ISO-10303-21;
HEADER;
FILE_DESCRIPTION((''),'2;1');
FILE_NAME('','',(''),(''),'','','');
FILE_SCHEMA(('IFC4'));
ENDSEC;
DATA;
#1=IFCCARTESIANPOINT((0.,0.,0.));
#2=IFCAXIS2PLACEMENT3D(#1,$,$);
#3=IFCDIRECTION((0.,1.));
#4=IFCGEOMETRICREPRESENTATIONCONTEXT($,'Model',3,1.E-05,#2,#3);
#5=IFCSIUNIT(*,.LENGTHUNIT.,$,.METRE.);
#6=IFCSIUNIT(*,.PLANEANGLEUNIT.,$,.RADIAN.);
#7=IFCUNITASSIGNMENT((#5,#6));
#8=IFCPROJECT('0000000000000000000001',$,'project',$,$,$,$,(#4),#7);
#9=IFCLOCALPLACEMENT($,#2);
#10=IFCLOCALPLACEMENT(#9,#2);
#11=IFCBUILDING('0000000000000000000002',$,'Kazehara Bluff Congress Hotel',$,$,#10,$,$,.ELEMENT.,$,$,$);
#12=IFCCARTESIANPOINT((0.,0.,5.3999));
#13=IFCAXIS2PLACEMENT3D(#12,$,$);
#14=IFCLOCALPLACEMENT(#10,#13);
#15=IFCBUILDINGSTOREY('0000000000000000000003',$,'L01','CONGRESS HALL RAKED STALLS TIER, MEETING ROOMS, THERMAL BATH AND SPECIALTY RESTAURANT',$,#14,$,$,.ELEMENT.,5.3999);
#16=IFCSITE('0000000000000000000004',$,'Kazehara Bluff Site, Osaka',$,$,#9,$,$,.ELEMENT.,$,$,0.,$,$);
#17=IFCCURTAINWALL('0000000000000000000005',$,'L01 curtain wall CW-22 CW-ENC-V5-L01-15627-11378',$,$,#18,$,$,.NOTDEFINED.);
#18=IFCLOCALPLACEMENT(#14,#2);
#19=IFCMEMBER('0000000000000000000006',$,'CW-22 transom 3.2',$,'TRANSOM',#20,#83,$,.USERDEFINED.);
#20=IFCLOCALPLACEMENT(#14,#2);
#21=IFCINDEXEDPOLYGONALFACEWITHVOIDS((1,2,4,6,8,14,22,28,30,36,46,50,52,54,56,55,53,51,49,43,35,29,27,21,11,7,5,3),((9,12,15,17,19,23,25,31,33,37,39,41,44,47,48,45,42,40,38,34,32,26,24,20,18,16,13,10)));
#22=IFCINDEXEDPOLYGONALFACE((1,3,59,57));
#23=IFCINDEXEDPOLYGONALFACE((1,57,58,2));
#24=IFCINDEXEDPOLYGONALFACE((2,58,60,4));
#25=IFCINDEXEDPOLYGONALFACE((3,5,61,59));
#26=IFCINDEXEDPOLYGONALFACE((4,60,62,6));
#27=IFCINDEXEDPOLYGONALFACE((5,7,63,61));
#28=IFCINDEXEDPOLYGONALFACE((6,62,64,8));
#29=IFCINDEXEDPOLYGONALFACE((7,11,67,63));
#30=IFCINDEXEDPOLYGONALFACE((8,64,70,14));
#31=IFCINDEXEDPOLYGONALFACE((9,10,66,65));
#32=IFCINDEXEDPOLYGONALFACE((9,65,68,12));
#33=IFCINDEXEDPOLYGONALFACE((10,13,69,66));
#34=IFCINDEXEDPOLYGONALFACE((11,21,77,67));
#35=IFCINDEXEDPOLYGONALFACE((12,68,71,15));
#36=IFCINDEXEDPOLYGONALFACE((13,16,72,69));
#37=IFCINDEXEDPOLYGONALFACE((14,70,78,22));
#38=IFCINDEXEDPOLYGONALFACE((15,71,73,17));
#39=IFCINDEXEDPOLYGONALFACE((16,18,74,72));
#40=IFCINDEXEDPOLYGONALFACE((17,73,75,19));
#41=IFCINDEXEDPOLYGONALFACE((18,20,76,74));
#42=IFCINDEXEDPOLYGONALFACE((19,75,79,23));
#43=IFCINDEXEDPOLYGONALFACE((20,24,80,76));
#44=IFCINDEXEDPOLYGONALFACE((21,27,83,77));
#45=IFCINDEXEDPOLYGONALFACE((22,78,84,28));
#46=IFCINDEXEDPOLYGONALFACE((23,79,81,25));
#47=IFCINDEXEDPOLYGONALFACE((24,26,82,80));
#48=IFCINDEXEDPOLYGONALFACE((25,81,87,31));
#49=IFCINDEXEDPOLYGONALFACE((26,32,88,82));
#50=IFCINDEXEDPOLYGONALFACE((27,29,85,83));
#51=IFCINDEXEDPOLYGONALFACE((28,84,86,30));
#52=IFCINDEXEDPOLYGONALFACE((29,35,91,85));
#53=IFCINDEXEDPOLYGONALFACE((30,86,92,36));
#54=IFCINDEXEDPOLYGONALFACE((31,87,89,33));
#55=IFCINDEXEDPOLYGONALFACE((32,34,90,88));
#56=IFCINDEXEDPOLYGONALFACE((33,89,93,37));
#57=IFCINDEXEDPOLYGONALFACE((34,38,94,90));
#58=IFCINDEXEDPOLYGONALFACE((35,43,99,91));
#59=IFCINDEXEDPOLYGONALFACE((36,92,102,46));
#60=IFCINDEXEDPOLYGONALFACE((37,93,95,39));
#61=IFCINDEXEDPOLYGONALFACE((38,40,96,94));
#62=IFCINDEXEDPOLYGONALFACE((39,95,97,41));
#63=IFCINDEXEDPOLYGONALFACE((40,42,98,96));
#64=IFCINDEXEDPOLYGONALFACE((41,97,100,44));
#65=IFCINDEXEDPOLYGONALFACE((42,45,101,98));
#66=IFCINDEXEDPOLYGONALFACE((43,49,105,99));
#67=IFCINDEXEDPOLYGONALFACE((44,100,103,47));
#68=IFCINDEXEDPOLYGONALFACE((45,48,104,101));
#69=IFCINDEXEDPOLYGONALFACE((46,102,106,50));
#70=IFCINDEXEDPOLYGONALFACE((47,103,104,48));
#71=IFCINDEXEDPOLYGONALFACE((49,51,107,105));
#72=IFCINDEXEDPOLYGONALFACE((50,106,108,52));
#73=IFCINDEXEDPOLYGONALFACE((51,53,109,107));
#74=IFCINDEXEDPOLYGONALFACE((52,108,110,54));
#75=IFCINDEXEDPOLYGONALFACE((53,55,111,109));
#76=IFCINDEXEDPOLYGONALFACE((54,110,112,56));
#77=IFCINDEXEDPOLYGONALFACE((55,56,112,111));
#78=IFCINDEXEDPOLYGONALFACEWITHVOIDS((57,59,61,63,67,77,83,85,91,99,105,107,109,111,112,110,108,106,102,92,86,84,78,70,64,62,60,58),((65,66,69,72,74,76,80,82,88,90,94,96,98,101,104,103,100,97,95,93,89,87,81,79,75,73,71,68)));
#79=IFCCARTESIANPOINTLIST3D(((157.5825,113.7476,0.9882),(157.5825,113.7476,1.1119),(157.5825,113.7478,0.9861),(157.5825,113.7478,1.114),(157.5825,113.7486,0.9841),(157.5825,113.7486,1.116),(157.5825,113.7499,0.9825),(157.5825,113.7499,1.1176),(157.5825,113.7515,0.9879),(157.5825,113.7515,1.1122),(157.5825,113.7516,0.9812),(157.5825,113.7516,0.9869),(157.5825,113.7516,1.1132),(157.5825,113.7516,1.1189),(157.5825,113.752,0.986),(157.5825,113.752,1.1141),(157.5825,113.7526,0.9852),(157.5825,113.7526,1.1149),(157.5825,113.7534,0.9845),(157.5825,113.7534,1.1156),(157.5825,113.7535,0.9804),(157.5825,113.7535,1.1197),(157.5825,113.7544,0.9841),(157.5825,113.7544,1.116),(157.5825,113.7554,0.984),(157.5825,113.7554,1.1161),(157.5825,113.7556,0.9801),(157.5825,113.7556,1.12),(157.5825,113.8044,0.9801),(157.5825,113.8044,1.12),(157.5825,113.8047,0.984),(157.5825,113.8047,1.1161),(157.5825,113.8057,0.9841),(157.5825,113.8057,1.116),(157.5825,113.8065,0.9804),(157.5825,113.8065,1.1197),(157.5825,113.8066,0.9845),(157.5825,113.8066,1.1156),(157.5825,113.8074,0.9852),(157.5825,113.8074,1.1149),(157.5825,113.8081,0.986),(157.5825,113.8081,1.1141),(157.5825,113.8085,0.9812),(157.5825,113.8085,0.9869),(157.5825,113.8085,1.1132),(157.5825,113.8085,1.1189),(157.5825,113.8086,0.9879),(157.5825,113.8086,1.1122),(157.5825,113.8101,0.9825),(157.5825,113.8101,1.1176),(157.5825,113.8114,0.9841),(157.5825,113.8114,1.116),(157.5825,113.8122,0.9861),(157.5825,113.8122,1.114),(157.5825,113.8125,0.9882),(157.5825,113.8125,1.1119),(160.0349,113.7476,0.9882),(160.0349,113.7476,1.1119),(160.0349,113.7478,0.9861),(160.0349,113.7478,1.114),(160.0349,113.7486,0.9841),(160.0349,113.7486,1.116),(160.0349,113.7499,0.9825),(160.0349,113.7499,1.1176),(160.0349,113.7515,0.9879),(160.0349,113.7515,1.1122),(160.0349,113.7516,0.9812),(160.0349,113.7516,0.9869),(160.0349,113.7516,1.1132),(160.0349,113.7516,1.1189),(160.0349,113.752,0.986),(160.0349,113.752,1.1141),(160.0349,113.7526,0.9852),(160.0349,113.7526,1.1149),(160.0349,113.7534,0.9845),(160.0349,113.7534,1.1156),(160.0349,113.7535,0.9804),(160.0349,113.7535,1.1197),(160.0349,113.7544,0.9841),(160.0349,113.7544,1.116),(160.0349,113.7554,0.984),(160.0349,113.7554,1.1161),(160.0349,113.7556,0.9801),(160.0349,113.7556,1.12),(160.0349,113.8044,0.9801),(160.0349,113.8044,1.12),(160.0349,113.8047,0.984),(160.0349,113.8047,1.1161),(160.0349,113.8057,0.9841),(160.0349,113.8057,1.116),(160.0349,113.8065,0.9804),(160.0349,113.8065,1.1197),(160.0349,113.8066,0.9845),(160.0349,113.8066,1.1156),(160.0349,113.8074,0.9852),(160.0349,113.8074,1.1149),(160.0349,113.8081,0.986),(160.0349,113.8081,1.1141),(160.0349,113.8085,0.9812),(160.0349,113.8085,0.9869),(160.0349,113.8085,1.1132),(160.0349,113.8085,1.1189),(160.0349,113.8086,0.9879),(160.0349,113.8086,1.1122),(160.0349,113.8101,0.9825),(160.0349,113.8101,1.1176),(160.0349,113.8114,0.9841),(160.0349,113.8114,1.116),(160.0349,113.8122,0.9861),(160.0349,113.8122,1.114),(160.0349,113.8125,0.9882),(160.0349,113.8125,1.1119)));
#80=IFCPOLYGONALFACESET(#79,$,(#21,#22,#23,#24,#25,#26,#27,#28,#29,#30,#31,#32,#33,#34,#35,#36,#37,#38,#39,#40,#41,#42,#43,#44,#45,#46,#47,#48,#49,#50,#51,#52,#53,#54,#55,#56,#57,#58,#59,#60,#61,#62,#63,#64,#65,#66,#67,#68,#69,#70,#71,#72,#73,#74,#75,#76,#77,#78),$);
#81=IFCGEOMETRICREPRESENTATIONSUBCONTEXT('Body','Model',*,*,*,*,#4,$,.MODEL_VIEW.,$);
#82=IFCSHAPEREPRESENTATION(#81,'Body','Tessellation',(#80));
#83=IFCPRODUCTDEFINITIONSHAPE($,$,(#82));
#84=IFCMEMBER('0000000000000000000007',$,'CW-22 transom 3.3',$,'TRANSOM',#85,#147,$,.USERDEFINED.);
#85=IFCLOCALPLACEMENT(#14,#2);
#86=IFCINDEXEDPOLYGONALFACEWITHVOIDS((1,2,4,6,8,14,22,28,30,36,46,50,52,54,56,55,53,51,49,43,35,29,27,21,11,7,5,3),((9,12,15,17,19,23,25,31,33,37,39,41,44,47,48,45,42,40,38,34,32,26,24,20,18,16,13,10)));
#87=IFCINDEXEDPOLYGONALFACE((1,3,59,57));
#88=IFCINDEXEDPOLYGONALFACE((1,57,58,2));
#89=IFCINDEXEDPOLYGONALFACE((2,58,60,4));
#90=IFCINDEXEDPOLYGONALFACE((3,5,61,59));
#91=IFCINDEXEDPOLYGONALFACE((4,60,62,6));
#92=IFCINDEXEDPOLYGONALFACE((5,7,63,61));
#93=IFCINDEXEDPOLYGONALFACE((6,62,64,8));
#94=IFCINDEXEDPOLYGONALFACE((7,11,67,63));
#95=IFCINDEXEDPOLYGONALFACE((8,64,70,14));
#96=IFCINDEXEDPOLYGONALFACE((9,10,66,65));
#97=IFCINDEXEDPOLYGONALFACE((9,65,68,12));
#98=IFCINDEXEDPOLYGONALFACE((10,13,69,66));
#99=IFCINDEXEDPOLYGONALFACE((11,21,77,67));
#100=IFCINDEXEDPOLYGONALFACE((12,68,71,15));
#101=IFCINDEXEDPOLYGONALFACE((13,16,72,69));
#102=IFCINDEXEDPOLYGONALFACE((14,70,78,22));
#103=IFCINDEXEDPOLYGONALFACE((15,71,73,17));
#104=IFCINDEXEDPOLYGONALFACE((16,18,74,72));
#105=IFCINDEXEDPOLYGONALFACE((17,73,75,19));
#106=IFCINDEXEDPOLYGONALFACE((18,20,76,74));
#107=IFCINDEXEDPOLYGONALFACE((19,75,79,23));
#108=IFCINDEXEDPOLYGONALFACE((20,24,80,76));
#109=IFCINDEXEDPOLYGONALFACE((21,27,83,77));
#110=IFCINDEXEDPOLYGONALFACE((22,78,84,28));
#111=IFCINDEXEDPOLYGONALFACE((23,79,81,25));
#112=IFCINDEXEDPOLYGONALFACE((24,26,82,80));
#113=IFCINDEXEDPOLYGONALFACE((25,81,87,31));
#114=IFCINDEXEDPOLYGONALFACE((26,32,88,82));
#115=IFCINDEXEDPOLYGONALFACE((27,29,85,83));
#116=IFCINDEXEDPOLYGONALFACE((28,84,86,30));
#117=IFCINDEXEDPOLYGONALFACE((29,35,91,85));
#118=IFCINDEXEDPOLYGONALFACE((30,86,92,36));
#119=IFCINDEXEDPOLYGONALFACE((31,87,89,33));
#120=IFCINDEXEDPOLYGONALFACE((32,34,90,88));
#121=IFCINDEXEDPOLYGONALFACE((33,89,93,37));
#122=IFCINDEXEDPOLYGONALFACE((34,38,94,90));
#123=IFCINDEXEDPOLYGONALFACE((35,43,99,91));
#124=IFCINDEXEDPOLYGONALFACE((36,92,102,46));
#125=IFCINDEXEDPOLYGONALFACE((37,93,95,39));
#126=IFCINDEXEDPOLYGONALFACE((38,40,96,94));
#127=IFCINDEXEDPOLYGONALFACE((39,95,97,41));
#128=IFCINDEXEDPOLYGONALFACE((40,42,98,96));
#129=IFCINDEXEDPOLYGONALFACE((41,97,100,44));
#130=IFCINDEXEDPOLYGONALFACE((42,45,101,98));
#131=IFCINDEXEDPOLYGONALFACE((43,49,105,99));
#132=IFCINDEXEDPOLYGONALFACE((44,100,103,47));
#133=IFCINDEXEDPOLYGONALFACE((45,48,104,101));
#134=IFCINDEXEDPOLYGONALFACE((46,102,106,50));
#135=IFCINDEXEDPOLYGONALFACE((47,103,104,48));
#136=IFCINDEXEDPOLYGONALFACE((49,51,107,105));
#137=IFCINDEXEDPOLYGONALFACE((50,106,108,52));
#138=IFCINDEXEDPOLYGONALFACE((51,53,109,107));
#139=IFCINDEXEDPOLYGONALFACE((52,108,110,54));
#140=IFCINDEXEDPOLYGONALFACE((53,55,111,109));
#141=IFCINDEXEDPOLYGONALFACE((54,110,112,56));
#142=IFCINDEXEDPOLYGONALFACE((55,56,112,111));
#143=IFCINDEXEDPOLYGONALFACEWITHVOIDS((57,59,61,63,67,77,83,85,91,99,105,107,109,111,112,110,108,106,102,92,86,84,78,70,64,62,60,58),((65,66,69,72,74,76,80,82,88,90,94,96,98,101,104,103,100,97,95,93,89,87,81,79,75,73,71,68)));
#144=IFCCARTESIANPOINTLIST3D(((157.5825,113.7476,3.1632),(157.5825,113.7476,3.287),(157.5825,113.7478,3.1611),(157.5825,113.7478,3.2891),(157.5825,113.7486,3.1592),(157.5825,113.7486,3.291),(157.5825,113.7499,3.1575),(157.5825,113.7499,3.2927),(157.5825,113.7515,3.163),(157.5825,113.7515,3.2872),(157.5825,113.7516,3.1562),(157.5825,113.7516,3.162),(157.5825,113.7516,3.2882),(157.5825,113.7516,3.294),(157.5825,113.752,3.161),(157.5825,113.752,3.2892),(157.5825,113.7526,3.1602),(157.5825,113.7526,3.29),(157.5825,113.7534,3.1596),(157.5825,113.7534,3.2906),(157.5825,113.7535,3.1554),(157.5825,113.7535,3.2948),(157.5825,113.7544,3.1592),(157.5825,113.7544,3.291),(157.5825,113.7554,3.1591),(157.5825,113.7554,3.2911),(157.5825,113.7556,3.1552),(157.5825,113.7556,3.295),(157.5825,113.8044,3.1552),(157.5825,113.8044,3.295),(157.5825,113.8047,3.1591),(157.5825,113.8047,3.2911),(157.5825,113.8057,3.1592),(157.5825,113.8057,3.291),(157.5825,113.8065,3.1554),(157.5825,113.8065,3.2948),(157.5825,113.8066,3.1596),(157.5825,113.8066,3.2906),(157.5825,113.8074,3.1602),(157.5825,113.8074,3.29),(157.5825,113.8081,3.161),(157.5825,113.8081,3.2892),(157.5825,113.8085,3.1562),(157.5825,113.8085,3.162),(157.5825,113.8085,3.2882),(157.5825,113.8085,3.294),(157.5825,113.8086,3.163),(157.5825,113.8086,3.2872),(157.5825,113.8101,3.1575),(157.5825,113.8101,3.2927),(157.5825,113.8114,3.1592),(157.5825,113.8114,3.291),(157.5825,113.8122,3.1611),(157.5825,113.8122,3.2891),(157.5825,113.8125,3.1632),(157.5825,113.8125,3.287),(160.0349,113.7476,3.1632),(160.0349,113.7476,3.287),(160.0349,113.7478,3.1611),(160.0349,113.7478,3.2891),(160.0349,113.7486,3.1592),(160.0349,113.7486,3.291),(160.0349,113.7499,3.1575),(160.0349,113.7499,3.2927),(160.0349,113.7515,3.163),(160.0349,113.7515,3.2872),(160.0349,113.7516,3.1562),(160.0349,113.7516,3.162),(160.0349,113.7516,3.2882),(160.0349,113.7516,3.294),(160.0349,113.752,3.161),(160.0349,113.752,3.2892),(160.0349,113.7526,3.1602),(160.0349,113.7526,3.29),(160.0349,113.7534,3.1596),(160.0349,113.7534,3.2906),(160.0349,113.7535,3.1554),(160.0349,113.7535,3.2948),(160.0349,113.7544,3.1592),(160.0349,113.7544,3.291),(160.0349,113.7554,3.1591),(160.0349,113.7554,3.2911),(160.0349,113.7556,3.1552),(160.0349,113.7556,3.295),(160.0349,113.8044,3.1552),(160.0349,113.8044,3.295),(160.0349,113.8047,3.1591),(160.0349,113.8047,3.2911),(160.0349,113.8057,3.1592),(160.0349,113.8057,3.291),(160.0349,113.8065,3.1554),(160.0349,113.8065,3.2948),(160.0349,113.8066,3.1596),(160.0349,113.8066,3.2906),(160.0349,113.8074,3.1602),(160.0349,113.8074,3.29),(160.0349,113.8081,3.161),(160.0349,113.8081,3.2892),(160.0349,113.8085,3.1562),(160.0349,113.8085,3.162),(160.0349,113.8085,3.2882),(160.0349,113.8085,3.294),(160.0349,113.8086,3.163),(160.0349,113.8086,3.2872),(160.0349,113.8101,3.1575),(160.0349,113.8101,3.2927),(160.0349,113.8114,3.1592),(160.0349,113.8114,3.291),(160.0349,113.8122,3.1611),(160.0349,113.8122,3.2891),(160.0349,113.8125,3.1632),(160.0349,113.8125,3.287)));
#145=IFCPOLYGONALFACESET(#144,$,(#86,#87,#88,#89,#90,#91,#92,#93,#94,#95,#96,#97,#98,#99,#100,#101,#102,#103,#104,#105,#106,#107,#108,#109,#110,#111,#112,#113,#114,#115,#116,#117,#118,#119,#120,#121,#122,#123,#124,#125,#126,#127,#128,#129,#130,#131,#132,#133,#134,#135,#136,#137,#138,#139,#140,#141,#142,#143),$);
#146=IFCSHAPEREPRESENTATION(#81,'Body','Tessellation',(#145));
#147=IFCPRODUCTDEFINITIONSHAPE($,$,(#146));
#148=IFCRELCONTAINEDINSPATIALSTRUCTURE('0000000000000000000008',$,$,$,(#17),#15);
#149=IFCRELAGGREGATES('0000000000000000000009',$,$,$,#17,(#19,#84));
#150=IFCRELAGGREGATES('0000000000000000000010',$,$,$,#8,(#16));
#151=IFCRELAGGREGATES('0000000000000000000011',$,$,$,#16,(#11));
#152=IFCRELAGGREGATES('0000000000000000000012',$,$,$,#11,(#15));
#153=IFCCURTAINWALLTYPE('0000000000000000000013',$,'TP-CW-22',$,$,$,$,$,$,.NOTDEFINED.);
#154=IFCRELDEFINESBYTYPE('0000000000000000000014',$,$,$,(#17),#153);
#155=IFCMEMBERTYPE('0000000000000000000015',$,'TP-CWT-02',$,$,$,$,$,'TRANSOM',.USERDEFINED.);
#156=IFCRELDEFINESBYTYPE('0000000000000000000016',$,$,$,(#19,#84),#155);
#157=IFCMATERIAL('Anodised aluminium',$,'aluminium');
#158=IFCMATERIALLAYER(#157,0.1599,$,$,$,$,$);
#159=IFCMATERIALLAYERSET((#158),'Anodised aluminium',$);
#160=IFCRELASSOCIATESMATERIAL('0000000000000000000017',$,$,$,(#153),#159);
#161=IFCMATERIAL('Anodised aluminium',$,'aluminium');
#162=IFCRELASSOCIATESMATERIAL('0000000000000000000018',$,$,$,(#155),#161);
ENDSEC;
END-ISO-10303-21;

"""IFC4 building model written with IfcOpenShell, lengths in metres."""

from ifc_helpers import new_model, si_unit, direction, frame, origin, origin_2d, place, context, subcontext, project, spatial, hollow_rectangle, extrude, material, layer, layer_set, material_profile, profile_set, type_object, element, aggregate, save


model = new_model("IFC4")

# Units and contexts
model_context = context("Model", 3, precision=1e-05, world=origin(), true_north=direction((0.0, 1.0)))
body_context = subcontext(model_context, "Body", "Model", "MODEL_VIEW")
ifc_project = project(units=[si_unit("LENGTHUNIT", "METRE"), si_unit("PLANEANGLEUNIT", "RADIAN")], contexts=[model_context])

# Site, building, storey
site_placement = place(None, origin())
site = spatial("IfcSite", under=ifc_project, at=site_placement, Name="Kazehara Bluff Site, Osaka", CompositionType="ELEMENT", RefElevation=0.0)
building_placement = place(site_placement, origin())
building = spatial("IfcBuilding", under=site, at=building_placement, Name="Kazehara Bluff Congress Hotel", CompositionType="ELEMENT")
storey_placement = place(building_placement, frame((0.0, 0.0, 5.3999)))
storey = spatial("IfcBuildingStorey", under=building, at=storey_placement, Name="L01", Description="CONGRESS HALL RAKED STALLS TIER, MEETING ROOMS, THERMAL BATH AND SPECIALTY RESTAURANT", CompositionType="ELEMENT", Elevation=5.3999)

# Curtain wall
ifc_material_1 = material(Name="Anodised aluminium", Category="aluminium")
ifc_layer_1 = layer(ifc_material_1, 0.1599)
ifc_layer_set_1 = layer_set([ifc_layer_1], Name="Anodised aluminium")
curtain_wall_type_1 = type_object("IfcCurtainWallType", Name="TP-CW-22", PredefinedType="NOTDEFINED", material=ifc_layer_set_1)
curtain_wall_1_placement = place(storey_placement, origin())
curtain_wall_1 = element("IfcCurtainWall", 1, at=curtain_wall_1_placement, inside=storey, type_object=curtain_wall_type_1, Name="L01 curtain wall CW-22 CW-ENC-V5-L01-15627-11378", PredefinedType="NOTDEFINED")

# Members
ifc_material_2 = material(Name="Anodised aluminium", Category="aluminium")
ifc_material_profile_1 = material_profile(ifc_material_2, hollow_rectangle(XDim=0.0649, YDim=0.1399, WallThickness=0.0039, InnerFilletRadius=0.0039, OuterFilletRadius=0.0081, at=origin_2d()))
ifc_profile_set_1 = profile_set([ifc_material_profile_1], Name="Anodised aluminium")
member_type_1 = type_object("IfcMemberType", Name="TP-CWT-02", ElementType="TRANSOM", PredefinedType="USERDEFINED", material=ifc_profile_set_1)
member_1_placement = place(storey_placement, frame((157.5825, 113.78, 1.05), z_axis=(1.0, 0.0, 0.0), x_axis=(0.0, 1.0, 0.0)))
member_1 = element("IfcMember", 2, at=member_1_placement, type_object=member_type_1, Name="CW-22 transom 3.2", ObjectType="TRANSOM", PredefinedType="USERDEFINED", context=body_context, shape_type="SweptSolid", body=[
    extrude(hollow_rectangle(XDim=0.0649, YDim=0.1399, WallThickness=0.0039, InnerFilletRadius=0.0039, OuterFilletRadius=0.0081, at=origin_2d()), origin(), (0.0, 0.0, 1.0), 2.4524),
])
member_2_placement = place(storey_placement, frame((157.5825, 113.78, 3.2251), z_axis=(1.0, 0.0, 0.0), x_axis=(0.0, 1.0, 0.0)))
member_2 = element("IfcMember", 3, at=member_2_placement, type_object=member_type_1, Name="CW-22 transom 3.3", ObjectType="TRANSOM", PredefinedType="USERDEFINED", context=body_context, shape_type="SweptSolid", body=[
    extrude(hollow_rectangle(XDim=0.0649, YDim=0.1399, WallThickness=0.0039, InnerFilletRadius=0.0039, OuterFilletRadius=0.0081, at=origin_2d()), origin(), (0.0, 0.0, 1.0), 2.4524),
])

aggregate(curtain_wall_1, [member_1, member_2])

save(model, "model.ifc")
